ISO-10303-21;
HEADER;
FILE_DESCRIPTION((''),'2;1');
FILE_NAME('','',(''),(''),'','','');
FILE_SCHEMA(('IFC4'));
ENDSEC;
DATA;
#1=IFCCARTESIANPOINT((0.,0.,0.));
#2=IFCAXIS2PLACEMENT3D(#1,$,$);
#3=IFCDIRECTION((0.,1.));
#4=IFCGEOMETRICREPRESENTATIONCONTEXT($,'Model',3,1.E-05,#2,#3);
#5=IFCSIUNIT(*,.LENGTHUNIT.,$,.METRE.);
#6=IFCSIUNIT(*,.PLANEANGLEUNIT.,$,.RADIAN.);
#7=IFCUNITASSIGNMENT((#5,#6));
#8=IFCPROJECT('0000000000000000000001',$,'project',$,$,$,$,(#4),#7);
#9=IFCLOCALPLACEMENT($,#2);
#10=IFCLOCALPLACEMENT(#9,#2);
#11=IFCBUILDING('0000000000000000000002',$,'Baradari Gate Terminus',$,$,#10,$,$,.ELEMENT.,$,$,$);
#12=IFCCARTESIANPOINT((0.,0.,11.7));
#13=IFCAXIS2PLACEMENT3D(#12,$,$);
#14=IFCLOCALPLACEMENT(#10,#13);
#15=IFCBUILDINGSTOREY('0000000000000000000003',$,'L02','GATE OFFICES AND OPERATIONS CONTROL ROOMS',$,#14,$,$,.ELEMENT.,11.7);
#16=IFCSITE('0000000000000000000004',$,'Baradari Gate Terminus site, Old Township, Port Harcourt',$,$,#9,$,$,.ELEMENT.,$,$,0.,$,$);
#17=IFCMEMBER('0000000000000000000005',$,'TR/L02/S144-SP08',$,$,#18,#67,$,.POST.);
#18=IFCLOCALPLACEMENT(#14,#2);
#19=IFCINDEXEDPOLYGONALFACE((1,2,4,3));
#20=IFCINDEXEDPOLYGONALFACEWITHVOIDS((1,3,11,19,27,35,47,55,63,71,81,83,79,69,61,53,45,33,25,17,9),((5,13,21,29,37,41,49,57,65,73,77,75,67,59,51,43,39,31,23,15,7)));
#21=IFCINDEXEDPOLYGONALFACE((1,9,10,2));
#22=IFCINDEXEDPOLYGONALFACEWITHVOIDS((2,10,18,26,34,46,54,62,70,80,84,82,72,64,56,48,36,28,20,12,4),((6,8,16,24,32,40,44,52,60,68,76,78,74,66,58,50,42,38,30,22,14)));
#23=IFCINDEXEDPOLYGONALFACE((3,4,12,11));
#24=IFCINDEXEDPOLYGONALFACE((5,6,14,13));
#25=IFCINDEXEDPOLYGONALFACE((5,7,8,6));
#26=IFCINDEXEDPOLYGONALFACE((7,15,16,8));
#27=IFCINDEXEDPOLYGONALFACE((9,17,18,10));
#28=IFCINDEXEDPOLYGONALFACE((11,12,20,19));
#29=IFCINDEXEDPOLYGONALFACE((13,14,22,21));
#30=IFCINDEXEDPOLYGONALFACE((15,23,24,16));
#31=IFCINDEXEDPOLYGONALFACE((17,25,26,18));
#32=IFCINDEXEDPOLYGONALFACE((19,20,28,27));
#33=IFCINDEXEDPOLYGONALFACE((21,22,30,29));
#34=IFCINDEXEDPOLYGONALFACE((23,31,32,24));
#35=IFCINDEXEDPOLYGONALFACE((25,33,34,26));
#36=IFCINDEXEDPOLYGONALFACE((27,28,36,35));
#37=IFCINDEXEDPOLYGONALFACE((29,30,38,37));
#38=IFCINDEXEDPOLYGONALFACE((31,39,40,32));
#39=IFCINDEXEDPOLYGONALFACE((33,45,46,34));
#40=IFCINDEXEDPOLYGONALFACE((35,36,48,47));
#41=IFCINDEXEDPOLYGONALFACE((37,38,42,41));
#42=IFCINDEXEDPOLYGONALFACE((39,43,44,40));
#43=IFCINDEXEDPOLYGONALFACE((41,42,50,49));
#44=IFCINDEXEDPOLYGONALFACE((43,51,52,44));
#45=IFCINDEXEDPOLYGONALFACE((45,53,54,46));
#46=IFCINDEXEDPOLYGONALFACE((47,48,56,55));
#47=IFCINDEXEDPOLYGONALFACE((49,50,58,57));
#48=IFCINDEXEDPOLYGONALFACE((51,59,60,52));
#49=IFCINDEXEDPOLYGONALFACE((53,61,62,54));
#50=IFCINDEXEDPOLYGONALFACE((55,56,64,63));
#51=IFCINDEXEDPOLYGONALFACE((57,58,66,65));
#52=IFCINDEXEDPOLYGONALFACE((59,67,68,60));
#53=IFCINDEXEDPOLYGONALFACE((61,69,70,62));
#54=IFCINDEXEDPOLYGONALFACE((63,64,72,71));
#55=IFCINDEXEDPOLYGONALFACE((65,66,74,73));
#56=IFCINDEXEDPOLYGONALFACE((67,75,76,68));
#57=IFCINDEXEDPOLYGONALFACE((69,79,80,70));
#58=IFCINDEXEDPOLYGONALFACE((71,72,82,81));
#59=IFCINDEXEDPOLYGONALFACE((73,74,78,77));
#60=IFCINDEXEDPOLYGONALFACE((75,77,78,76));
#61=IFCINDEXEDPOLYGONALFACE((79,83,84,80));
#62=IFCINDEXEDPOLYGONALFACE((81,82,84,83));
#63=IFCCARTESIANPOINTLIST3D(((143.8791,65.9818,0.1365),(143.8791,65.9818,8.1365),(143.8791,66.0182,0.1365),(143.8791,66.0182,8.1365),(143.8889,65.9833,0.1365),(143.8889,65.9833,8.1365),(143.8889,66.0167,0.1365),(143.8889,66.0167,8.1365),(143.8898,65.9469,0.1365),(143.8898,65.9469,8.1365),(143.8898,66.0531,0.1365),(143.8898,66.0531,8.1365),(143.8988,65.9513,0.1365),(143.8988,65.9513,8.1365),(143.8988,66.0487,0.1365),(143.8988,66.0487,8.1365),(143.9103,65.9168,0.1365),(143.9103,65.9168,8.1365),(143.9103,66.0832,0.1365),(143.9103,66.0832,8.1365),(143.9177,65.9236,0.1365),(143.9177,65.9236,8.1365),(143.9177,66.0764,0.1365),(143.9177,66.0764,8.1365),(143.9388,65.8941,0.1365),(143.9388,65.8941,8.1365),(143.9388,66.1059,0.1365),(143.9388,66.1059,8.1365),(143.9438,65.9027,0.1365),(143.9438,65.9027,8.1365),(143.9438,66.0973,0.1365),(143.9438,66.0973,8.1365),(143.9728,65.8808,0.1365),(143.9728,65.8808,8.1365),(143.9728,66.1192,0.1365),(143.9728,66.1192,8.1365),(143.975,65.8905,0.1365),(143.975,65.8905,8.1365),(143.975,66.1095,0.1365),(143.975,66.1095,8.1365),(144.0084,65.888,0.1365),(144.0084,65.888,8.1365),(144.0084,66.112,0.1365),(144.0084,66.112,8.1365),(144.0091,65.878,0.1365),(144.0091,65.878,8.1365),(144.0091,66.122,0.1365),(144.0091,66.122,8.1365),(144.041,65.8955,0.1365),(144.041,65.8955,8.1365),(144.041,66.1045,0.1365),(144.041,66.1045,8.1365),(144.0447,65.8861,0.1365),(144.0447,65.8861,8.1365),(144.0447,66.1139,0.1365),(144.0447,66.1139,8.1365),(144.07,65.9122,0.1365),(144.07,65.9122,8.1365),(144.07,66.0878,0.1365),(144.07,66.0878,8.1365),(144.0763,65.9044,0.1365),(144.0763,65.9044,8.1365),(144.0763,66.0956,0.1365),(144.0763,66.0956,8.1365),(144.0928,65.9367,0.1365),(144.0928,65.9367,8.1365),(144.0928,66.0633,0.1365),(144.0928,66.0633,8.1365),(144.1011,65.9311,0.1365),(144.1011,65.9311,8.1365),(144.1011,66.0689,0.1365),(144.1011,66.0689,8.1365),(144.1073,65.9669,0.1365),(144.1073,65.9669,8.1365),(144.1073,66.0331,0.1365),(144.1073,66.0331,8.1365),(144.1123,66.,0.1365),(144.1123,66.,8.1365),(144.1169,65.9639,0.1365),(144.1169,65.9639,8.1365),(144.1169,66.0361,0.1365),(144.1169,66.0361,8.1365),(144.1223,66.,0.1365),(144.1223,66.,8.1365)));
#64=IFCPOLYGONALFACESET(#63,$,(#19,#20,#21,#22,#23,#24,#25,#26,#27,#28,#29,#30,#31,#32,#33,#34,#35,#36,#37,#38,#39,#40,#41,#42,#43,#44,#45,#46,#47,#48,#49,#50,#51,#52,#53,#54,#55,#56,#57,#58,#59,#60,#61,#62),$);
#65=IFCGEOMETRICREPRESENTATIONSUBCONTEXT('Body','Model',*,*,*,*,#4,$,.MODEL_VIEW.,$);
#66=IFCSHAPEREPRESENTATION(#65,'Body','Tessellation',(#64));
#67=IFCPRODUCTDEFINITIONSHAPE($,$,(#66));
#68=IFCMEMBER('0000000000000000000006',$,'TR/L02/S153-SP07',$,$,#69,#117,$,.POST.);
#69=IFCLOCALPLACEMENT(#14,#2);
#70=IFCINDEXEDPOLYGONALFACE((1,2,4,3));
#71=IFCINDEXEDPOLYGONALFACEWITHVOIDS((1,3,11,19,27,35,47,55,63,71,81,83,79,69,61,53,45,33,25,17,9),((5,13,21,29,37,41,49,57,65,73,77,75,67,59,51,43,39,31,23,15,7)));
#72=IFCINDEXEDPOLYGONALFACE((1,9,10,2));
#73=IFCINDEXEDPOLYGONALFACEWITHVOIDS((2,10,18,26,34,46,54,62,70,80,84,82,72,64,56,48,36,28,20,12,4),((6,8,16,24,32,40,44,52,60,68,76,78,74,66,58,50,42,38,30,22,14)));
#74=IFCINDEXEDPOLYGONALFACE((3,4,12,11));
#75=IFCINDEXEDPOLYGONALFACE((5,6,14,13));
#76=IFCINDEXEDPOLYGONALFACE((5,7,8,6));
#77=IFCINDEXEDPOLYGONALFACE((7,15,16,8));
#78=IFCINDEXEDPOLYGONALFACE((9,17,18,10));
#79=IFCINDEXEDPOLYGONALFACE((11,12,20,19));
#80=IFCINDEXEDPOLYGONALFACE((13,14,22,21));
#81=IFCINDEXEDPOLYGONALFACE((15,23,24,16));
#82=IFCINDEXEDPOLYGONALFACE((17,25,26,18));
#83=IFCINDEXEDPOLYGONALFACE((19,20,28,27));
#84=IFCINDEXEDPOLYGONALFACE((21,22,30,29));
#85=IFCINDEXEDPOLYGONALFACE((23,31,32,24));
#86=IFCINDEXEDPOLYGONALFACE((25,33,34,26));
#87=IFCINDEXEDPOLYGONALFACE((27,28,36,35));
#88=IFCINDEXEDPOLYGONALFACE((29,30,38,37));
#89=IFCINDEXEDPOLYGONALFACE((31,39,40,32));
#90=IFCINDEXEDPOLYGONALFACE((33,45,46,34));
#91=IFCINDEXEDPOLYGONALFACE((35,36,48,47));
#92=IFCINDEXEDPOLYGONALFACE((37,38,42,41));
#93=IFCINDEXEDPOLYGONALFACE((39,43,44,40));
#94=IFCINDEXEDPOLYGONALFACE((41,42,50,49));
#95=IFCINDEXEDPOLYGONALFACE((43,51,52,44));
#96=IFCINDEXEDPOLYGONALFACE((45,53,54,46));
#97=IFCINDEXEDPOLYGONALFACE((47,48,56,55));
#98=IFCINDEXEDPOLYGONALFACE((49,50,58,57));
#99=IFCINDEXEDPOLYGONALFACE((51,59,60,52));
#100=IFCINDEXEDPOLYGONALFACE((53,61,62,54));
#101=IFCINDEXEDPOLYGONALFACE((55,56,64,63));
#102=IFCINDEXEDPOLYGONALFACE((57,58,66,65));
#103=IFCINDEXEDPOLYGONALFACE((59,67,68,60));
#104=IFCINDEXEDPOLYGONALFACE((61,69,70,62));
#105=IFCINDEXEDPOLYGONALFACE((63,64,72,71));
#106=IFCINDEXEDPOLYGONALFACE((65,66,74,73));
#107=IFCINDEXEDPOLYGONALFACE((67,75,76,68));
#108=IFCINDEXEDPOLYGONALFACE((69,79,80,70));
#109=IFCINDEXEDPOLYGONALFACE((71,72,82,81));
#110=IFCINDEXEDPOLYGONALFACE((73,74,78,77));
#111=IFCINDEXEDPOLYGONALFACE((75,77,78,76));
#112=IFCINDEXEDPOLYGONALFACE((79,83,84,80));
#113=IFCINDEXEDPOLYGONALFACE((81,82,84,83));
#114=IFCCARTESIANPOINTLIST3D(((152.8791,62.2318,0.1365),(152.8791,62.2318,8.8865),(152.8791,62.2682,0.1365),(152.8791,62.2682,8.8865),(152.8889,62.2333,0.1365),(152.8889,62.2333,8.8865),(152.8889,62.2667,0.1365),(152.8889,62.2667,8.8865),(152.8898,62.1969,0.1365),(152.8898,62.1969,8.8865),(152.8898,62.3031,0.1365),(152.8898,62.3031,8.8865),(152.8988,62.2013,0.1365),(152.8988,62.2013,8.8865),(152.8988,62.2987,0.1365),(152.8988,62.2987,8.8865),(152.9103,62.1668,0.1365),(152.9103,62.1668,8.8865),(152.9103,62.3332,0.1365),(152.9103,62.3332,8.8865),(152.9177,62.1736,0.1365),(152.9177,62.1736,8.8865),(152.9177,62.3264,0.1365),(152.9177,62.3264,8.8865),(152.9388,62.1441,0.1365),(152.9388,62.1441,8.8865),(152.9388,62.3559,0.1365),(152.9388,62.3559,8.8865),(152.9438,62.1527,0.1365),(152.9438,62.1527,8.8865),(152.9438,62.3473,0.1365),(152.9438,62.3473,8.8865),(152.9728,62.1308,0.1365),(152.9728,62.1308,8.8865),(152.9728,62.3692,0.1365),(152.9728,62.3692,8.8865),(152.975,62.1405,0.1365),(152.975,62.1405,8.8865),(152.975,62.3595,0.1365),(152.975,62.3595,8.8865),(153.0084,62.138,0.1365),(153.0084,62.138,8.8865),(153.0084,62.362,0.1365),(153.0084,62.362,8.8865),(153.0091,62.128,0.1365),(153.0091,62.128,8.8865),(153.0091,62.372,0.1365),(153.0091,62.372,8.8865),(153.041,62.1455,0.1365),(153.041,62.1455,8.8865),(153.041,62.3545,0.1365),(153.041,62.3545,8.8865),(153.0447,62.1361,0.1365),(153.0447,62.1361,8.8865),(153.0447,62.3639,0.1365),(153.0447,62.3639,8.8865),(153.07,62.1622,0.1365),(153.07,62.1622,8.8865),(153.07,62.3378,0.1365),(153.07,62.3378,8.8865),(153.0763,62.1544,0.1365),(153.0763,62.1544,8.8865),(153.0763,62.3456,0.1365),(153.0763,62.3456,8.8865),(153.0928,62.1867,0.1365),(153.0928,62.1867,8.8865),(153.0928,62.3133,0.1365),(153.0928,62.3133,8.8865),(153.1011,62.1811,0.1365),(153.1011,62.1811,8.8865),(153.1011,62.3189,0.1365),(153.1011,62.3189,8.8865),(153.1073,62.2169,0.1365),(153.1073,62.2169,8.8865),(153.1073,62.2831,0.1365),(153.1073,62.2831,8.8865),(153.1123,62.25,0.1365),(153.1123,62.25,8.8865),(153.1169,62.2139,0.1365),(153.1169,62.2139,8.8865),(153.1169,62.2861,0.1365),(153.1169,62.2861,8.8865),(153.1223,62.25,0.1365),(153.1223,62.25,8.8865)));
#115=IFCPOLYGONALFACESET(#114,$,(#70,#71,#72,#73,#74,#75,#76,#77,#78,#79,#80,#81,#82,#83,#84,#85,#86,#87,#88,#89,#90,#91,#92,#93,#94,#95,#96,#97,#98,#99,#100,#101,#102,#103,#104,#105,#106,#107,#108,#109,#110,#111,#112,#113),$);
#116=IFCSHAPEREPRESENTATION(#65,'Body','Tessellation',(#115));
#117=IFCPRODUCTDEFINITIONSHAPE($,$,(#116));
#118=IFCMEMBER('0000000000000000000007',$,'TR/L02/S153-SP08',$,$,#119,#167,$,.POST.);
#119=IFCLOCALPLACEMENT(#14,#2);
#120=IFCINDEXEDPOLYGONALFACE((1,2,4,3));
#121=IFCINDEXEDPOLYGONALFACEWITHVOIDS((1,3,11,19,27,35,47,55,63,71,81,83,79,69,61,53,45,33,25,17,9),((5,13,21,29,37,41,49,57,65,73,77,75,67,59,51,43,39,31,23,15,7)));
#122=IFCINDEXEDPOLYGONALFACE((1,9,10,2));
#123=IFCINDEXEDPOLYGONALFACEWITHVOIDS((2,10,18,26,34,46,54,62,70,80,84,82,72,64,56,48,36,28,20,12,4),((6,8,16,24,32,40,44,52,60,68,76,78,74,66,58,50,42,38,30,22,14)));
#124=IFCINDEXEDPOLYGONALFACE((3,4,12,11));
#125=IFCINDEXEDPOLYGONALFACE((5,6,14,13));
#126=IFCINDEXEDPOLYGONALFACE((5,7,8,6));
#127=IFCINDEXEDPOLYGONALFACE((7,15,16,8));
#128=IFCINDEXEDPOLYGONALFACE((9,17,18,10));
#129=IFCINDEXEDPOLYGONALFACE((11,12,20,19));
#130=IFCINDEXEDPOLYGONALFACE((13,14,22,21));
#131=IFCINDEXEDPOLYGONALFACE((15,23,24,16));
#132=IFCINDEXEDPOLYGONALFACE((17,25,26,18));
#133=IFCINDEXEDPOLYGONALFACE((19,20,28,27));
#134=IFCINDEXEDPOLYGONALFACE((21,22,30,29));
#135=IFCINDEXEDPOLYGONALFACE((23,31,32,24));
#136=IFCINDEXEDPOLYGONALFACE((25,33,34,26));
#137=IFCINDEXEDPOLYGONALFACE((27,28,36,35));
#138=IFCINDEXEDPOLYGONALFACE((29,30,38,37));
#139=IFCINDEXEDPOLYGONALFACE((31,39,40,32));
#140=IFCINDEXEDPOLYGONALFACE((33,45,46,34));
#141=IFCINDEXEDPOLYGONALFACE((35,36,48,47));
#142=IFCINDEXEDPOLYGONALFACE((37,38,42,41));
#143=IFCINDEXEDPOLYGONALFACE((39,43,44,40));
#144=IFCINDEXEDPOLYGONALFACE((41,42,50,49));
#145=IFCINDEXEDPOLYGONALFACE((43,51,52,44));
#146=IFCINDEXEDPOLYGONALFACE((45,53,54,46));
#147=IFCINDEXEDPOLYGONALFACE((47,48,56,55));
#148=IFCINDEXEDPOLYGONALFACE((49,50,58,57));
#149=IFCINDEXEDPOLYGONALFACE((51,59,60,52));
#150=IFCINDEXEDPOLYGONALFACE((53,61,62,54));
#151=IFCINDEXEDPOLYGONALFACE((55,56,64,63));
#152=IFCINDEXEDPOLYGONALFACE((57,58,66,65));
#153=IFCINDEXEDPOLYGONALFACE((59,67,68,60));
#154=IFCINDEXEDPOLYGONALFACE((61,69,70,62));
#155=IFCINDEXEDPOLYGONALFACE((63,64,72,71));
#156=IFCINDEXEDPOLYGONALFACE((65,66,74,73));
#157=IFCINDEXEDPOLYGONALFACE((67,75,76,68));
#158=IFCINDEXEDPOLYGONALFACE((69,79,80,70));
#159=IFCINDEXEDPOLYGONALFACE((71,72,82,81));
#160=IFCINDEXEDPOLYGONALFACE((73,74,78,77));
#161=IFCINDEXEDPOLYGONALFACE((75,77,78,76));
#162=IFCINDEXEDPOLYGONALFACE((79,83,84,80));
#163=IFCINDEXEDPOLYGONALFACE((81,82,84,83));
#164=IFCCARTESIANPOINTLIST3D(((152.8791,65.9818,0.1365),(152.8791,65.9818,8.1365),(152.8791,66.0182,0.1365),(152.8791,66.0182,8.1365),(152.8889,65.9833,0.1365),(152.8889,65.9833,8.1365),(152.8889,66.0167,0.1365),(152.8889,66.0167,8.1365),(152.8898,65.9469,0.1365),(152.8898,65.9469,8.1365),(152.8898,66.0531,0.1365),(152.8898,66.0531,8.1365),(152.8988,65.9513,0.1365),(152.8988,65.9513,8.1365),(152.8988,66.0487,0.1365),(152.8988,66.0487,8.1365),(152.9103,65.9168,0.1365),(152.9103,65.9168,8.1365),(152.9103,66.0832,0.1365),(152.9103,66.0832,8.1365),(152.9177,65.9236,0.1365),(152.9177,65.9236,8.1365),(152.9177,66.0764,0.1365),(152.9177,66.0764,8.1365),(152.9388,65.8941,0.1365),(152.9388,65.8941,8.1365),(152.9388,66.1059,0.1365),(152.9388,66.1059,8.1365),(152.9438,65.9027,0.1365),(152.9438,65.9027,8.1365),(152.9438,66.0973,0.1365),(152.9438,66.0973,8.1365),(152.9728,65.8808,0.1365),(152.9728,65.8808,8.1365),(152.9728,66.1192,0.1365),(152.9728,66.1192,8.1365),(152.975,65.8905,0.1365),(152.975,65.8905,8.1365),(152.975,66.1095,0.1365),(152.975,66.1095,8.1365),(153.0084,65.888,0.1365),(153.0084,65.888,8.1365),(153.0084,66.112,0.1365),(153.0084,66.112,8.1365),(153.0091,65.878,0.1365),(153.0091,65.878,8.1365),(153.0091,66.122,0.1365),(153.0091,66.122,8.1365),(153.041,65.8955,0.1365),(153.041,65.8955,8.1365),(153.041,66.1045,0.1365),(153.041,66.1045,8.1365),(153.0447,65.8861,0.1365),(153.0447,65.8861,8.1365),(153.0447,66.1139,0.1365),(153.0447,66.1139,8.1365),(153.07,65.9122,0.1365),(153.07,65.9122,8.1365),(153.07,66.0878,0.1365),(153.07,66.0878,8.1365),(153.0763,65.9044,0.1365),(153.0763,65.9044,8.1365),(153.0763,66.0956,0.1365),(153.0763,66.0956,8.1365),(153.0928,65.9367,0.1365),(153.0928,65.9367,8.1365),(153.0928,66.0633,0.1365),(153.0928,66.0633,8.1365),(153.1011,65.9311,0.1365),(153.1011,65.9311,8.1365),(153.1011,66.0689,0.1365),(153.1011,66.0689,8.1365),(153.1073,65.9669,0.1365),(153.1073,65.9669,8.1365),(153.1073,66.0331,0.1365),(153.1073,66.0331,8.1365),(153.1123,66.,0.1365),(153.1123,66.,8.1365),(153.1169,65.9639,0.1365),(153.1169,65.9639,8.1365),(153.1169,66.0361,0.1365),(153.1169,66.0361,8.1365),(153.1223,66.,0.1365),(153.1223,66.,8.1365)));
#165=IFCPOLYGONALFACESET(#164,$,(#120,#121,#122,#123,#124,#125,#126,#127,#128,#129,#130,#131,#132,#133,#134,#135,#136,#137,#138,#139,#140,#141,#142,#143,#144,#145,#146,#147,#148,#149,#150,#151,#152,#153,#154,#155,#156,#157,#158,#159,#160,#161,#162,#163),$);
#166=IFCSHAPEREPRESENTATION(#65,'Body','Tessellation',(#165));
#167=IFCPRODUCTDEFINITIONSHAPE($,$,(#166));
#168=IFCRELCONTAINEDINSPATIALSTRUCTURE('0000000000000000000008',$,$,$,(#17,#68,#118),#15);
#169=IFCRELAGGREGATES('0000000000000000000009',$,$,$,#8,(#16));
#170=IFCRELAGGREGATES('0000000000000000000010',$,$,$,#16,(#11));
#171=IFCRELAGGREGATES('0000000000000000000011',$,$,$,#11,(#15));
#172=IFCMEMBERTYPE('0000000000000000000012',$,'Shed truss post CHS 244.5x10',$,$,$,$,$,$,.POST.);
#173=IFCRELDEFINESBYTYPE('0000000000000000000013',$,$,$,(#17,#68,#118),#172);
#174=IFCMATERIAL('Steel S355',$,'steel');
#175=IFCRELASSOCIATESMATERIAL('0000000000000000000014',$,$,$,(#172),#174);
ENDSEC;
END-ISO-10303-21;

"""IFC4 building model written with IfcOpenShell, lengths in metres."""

from ifc_helpers import new_model, si_unit, direction, frame, origin, origin_2d, place, context, subcontext, project, spatial, hollow_circle, extrude, material, material_profile, profile_set, type_object, element, save


model = new_model("IFC4")

# Units and contexts
model_context = context("Model", 3, precision=1e-05, world=origin(), true_north=direction((0.0, 1.0)))
body_context = subcontext(model_context, "Body", "Model", "MODEL_VIEW")
ifc_project = project(units=[si_unit("LENGTHUNIT", "METRE"), si_unit("PLANEANGLEUNIT", "RADIAN")], contexts=[model_context])

# Site, building, storey
site_placement = place(None, origin())
site = spatial("IfcSite", under=ifc_project, at=site_placement, Name="Baradari Gate Terminus site, Old Township, Port Harcourt", CompositionType="ELEMENT", RefElevation=0.0)
building_placement = place(site_placement, origin())
building = spatial("IfcBuilding", under=site, at=building_placement, Name="Baradari Gate Terminus", CompositionType="ELEMENT")
storey_placement = place(building_placement, frame((0.0, 0.0, 11.7)))
storey = spatial("IfcBuildingStorey", under=building, at=storey_placement, Name="L02", Description="GATE OFFICES AND OPERATIONS CONTROL ROOMS", CompositionType="ELEMENT", Elevation=11.7)

# Members
ifc_material_1 = material(Name="Steel S355", Category="steel")
ifc_material_profile_1 = material_profile(ifc_material_1, hollow_circle(Radius=0.1223, WallThickness=0.01, at=origin_2d()), Name="CHS 244.5x10")
ifc_profile_set_1 = profile_set([ifc_material_profile_1], Name="Steel S355")
member_type_1 = type_object("IfcMemberType", Name="Shed truss post CHS 244.5x10", PredefinedType="POST", material=ifc_profile_set_1)
member_1_placement = place(storey_placement, frame((144.0, 66.0, 0.1365), z_axis=(0.0, 0.0, 1.0), x_axis=(1.0, 0.0, 0.0)))
element("IfcMember", 1, at=member_1_placement, inside=storey, type_object=member_type_1, Name="TR/L02/S144-SP08", PredefinedType="POST", context=body_context, shape_type="SweptSolid", body=[
    extrude(hollow_circle(Radius=0.1223, WallThickness=0.01, at=origin_2d()), origin(), (0.0, 0.0, 1.0), 8.0),
])
member_2_placement = place(storey_placement, frame((153.0, 62.25, 0.1365), z_axis=(0.0, 0.0, 1.0), x_axis=(1.0, 0.0, 0.0)))
element("IfcMember", 2, at=member_2_placement, inside=storey, type_object=member_type_1, Name="TR/L02/S153-SP07", PredefinedType="POST", context=body_context, shape_type="SweptSolid", body=[
    extrude(hollow_circle(Radius=0.1223, WallThickness=0.01, at=origin_2d()), origin(), (0.0, 0.0, 1.0), 8.75),
])
member_3_placement = place(storey_placement, frame((153.0, 66.0, 0.1365), z_axis=(0.0, 0.0, 1.0), x_axis=(1.0, 0.0, 0.0)))
element("IfcMember", 3, at=member_3_placement, inside=storey, type_object=member_type_1, Name="TR/L02/S153-SP08", PredefinedType="POST", context=body_context, shape_type="SweptSolid", body=[
    extrude(hollow_circle(Radius=0.1223, WallThickness=0.01, at=origin_2d()), origin(), (0.0, 0.0, 1.0), 8.0),
])

save(model, "model.ifc")
